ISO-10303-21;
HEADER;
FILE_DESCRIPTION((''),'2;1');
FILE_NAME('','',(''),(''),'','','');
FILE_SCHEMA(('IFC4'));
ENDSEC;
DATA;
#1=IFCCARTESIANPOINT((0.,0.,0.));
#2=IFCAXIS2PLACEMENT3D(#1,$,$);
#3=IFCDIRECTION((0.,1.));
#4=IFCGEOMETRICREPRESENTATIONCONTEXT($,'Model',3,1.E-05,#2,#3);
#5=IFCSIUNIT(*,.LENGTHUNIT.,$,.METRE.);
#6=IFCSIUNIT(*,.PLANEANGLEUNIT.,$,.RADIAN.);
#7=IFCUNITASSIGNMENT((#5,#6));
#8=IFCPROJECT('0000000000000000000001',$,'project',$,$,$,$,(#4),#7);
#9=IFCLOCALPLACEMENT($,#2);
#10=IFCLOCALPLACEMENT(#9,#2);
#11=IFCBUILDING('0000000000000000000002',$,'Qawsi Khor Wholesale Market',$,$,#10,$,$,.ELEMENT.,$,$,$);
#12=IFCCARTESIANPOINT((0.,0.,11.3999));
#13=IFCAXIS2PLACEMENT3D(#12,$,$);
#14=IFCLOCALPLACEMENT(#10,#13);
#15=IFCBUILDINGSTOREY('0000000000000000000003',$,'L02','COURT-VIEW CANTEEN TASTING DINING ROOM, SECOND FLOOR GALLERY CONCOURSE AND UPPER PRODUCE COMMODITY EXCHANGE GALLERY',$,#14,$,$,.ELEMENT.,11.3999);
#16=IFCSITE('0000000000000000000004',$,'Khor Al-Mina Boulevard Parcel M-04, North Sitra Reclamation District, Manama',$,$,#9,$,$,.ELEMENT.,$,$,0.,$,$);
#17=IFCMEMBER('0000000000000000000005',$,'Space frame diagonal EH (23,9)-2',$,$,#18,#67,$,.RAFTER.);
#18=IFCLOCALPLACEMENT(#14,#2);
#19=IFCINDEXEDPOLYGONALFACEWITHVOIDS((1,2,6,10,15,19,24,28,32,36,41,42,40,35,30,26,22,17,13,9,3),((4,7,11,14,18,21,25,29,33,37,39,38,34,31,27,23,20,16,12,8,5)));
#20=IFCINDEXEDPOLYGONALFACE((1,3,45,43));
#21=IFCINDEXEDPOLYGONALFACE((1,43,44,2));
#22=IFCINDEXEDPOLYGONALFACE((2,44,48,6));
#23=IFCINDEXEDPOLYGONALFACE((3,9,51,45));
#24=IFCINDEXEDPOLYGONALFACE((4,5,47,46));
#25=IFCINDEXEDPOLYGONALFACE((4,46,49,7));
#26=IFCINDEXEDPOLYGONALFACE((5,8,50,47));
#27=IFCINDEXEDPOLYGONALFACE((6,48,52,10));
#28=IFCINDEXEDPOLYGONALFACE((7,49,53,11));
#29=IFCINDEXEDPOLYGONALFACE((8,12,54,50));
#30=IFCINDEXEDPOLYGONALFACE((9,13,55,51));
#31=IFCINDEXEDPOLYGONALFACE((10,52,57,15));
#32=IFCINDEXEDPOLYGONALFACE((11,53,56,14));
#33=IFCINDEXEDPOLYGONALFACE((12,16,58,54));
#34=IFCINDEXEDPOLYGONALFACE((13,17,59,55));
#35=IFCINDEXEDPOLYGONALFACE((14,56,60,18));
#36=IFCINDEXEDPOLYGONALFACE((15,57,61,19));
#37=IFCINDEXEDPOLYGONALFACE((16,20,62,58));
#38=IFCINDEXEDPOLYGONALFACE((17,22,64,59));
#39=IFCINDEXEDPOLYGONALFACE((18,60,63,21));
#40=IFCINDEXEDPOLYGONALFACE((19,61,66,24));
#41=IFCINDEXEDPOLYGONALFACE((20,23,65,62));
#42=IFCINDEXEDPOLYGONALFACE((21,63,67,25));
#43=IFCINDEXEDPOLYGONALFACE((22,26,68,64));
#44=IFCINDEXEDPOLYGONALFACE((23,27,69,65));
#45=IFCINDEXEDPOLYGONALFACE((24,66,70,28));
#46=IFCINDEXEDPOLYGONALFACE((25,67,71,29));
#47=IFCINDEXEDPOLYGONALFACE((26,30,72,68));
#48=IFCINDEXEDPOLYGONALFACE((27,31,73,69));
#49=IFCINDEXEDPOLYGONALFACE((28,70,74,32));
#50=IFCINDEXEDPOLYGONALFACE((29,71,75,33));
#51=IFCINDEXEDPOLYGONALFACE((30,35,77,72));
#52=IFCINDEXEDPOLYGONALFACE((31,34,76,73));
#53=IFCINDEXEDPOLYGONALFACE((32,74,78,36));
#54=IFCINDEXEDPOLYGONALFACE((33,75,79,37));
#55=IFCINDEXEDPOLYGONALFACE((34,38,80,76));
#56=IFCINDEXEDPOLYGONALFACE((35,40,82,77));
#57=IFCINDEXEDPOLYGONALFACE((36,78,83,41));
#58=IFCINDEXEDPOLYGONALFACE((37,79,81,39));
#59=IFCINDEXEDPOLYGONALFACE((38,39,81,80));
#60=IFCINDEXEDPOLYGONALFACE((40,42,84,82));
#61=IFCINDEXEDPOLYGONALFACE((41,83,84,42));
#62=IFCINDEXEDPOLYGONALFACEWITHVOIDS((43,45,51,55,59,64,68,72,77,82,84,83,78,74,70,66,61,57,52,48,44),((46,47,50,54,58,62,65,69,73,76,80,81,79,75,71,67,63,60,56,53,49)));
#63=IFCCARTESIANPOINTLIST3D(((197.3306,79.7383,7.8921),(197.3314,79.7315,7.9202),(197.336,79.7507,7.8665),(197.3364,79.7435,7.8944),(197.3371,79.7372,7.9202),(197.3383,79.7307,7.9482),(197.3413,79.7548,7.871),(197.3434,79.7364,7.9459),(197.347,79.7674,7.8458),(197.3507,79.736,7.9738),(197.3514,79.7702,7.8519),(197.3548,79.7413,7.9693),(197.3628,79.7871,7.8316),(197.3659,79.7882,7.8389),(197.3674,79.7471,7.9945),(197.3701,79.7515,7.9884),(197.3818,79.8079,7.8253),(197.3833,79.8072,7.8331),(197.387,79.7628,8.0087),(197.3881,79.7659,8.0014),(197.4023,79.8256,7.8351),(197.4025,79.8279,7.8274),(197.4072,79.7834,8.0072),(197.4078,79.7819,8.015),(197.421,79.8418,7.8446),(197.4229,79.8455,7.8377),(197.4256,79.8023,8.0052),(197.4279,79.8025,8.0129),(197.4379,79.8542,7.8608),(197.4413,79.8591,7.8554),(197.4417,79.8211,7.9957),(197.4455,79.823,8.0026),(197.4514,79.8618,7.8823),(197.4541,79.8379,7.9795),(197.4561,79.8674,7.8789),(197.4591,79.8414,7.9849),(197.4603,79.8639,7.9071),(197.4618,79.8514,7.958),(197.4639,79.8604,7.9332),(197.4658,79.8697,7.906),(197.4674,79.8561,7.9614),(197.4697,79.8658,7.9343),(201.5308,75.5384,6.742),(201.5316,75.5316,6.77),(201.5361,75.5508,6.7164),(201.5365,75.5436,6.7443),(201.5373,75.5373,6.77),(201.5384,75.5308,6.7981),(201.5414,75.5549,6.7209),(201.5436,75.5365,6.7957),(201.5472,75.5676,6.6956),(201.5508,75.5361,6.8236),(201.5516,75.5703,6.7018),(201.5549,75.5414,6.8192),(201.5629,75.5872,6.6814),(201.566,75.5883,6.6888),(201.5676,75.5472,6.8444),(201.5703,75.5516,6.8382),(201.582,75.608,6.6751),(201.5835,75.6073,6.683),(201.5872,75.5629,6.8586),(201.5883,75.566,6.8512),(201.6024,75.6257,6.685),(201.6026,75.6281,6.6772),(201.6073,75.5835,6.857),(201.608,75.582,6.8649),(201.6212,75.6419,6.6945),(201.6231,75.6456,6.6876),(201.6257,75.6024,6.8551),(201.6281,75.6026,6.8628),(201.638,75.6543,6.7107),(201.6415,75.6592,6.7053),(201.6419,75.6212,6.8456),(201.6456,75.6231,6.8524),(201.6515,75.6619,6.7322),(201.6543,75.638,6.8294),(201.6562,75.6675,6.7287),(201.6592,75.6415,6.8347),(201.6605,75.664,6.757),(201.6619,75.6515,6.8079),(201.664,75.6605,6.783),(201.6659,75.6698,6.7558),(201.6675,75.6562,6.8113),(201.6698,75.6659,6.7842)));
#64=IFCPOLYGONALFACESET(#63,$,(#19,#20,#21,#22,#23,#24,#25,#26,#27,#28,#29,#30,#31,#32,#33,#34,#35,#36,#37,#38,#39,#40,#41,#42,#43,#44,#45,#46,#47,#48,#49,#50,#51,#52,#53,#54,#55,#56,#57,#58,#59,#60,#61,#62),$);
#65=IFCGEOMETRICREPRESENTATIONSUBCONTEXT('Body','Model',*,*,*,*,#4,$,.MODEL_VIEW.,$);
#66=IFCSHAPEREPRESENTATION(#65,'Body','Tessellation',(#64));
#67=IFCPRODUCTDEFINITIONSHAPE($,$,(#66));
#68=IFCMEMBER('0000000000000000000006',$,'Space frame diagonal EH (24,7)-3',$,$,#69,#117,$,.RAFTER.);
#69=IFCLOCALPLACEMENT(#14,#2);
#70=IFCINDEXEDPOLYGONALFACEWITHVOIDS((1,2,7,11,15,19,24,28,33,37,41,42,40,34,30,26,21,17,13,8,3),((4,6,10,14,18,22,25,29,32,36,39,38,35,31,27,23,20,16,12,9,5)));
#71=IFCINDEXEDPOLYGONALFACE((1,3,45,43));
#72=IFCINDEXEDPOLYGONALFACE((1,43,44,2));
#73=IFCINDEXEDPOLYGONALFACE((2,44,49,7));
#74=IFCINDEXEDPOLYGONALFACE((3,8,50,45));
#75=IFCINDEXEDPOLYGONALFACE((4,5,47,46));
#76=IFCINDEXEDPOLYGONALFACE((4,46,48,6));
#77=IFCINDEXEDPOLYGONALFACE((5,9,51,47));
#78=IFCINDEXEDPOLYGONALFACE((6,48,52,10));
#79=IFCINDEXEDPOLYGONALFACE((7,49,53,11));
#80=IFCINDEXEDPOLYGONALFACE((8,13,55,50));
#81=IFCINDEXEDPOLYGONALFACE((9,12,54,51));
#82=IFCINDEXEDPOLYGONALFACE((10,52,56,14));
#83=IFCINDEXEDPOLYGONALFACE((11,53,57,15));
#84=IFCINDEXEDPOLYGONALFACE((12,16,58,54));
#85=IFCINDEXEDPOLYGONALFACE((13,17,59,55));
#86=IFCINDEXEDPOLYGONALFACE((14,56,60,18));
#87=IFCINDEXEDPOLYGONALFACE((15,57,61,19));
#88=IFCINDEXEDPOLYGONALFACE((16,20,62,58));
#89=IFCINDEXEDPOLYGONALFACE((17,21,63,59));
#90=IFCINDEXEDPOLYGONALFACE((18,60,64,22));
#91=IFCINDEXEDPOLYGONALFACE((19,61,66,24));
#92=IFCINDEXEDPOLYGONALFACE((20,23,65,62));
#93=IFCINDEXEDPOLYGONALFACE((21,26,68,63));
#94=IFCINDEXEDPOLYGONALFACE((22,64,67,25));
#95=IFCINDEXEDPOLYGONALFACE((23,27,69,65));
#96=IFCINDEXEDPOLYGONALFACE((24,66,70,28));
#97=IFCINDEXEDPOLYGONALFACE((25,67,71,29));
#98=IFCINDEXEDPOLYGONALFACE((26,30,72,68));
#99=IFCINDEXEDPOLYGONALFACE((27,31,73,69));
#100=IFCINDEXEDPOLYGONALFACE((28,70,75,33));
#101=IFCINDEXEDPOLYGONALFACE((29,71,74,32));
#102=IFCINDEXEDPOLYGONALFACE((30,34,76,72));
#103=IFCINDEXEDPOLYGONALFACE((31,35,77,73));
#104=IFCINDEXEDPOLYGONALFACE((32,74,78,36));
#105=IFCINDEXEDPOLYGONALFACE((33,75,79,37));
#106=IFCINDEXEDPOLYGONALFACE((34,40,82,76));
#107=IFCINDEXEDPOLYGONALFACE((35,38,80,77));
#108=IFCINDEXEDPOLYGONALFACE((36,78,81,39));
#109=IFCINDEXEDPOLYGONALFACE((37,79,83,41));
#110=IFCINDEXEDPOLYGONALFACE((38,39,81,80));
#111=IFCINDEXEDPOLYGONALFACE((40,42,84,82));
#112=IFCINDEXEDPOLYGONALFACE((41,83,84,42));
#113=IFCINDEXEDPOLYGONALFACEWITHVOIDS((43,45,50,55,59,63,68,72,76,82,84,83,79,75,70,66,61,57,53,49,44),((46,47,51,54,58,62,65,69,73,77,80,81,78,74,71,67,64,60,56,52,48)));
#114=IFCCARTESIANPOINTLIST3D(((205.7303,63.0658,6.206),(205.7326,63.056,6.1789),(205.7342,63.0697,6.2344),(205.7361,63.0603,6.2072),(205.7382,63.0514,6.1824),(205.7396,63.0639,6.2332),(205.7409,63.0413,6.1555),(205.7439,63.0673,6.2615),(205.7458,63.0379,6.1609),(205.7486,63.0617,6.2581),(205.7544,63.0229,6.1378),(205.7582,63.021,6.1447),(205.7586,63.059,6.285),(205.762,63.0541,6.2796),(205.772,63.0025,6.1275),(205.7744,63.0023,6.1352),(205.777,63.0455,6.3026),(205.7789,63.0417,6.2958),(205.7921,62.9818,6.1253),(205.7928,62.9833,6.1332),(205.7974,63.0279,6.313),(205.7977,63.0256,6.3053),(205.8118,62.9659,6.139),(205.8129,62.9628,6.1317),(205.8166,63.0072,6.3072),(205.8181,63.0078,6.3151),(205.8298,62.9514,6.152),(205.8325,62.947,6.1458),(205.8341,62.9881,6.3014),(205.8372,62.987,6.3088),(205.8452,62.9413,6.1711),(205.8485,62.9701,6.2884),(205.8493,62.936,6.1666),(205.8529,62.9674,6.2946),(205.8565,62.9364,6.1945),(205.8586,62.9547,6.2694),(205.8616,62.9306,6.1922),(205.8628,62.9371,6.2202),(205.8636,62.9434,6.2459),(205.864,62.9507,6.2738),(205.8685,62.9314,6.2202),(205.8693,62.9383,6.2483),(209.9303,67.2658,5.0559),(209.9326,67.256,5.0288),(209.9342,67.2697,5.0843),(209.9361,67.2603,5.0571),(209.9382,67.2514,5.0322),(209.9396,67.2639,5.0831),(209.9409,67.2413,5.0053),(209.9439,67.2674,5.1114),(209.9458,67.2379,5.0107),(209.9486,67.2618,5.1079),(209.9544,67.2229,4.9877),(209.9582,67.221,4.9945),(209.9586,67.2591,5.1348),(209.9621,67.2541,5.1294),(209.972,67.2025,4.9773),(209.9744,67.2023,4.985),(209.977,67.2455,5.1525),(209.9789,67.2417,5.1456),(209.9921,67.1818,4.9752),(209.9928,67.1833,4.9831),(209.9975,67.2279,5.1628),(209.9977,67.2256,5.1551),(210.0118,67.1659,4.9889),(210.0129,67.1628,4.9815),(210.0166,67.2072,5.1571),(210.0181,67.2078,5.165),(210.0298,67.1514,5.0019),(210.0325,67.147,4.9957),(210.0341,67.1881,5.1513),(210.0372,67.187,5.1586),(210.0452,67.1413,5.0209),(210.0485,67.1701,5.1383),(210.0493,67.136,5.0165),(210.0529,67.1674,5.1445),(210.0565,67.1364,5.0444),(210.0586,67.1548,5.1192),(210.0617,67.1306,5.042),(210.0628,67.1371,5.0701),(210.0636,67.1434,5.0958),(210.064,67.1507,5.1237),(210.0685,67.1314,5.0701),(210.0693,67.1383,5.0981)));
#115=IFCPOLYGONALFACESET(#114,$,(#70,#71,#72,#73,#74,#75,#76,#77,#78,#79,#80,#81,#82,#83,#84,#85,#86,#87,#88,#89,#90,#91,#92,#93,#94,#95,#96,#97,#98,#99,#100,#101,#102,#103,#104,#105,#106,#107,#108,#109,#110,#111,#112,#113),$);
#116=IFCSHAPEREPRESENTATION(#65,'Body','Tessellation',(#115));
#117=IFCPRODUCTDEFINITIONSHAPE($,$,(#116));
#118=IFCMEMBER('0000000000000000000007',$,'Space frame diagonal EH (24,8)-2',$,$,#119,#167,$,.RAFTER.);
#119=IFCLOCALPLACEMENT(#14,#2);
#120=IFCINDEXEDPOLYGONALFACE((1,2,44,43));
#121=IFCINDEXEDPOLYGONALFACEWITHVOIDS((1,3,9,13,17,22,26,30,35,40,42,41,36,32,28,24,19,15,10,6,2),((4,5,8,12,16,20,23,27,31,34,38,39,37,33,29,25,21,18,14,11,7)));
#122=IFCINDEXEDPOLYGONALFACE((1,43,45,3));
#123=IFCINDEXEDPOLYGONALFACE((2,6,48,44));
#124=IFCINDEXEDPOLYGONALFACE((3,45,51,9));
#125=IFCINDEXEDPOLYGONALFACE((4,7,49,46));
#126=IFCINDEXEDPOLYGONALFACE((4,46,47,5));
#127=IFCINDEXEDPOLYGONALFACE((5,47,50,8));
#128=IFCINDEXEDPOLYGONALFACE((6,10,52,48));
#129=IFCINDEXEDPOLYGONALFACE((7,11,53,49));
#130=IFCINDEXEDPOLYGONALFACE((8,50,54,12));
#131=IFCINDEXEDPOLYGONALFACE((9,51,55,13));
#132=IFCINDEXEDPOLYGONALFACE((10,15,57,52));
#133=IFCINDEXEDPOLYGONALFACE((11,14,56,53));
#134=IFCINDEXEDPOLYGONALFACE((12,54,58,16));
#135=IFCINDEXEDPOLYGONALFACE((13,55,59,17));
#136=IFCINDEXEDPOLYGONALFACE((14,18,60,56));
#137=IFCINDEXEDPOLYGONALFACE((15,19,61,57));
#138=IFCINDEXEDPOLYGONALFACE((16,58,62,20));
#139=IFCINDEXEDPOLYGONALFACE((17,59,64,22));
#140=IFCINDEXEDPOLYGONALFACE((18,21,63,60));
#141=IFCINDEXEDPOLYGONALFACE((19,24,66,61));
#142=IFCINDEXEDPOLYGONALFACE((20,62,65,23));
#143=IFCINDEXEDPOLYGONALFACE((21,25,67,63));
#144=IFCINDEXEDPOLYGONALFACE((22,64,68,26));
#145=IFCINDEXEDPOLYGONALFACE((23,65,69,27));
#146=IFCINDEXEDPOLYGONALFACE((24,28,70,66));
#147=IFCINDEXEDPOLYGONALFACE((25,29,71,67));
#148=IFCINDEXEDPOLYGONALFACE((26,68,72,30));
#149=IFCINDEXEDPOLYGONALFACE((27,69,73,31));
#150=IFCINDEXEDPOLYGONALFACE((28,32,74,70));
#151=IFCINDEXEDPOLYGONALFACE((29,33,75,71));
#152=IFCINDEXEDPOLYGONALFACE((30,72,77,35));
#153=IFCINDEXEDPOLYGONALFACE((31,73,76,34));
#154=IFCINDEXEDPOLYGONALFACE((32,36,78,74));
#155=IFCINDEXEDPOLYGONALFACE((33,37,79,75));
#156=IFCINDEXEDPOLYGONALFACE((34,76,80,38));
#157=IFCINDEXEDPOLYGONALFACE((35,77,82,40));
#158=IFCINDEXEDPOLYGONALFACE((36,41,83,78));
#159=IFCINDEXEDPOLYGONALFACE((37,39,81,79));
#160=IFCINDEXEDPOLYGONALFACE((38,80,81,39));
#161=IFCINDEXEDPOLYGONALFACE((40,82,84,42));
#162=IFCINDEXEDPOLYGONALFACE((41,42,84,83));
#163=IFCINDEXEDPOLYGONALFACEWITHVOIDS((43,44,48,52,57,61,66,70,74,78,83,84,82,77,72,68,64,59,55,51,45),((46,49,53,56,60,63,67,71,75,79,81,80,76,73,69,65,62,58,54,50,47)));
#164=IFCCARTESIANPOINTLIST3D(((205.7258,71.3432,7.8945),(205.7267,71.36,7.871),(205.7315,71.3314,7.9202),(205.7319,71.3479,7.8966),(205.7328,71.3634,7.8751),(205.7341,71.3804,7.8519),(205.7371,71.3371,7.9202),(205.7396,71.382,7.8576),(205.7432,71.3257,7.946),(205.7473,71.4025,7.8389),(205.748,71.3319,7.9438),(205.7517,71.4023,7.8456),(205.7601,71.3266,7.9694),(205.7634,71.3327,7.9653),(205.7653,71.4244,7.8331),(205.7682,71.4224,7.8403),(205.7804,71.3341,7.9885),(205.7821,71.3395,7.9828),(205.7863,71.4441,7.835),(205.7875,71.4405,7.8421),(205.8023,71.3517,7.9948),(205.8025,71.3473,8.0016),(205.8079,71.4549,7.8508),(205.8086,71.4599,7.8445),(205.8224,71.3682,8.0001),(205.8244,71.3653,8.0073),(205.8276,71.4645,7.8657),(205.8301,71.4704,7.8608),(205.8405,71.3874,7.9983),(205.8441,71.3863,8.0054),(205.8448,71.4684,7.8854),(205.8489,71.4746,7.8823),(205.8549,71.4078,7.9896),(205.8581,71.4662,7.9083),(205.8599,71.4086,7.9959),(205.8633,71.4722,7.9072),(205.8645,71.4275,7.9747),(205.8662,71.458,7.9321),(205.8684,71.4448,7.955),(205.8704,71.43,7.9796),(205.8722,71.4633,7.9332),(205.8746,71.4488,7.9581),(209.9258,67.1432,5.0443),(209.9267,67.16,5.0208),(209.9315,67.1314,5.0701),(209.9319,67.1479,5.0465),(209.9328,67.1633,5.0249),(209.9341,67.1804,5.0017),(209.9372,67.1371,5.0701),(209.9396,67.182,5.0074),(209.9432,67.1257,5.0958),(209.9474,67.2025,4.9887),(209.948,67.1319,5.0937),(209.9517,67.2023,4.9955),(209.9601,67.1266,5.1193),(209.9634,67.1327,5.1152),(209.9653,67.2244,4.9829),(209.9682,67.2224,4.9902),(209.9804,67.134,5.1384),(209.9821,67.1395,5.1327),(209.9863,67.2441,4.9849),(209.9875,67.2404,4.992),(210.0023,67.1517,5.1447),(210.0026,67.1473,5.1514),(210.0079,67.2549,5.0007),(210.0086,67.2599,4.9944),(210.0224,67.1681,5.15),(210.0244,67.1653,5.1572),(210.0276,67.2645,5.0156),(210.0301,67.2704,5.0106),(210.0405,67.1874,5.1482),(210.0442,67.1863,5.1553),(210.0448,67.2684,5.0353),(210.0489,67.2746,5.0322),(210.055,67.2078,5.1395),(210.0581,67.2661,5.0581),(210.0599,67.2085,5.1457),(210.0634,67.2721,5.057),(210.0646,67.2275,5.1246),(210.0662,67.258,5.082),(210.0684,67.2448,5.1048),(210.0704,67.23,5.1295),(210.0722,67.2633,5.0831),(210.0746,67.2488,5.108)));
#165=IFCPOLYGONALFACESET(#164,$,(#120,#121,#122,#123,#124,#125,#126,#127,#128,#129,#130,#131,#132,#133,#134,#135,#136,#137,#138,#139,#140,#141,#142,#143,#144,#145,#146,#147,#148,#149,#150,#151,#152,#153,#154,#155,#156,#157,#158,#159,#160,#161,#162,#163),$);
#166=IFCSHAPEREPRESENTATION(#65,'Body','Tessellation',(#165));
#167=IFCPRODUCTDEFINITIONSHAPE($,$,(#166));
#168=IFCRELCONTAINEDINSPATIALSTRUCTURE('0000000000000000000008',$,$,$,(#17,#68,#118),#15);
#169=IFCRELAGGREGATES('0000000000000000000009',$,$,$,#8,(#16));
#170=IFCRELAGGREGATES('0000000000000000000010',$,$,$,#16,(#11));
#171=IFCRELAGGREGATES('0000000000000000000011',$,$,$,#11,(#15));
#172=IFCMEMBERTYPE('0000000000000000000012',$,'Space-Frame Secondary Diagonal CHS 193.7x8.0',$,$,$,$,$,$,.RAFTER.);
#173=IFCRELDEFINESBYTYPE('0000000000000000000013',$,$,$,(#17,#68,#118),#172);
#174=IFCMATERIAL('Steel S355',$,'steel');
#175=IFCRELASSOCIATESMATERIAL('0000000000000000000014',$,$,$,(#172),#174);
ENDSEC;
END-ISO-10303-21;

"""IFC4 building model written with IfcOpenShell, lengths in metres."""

from ifc_helpers import new_model, si_unit, direction, frame, origin, origin_2d, place, context, subcontext, project, spatial, hollow_circle, extrude, material, material_profile, profile_set, type_object, element, save


model = new_model("IFC4")

# Units and contexts
model_context = context("Model", 3, precision=1e-05, world=origin(), true_north=direction((0.0, 1.0)))
body_context = subcontext(model_context, "Body", "Model", "MODEL_VIEW")
ifc_project = project(units=[si_unit("LENGTHUNIT", "METRE"), si_unit("PLANEANGLEUNIT", "RADIAN")], contexts=[model_context])

# Site, building, storey
site_placement = place(None, origin())
site = spatial("IfcSite", under=ifc_project, at=site_placement, Name="Khor Al-Mina Boulevard Parcel M-04, North Sitra Reclamation District, Manama", CompositionType="ELEMENT", RefElevation=0.0)
building_placement = place(site_placement, origin())
building = spatial("IfcBuilding", under=site, at=building_placement, Name="Qawsi Khor Wholesale Market", CompositionType="ELEMENT")
storey_placement = place(building_placement, frame((0.0, 0.0, 11.3999)))
storey = spatial("IfcBuildingStorey", under=building, at=storey_placement, Name="L02", Description="COURT-VIEW CANTEEN TASTING DINING ROOM, SECOND FLOOR GALLERY CONCOURSE AND UPPER PRODUCE COMMODITY EXCHANGE GALLERY", CompositionType="ELEMENT", Elevation=11.3999)

# Members
ifc_material_1 = material(Name="Steel S355", Category="steel")
ifc_material_profile_1 = material_profile(ifc_material_1, hollow_circle(Radius=0.0969, WallThickness=0.0081, at=origin_2d()), Name="CHS 193.7x8.0")
ifc_profile_set_1 = profile_set([ifc_material_profile_1], Name="Steel S355")
member_type_1 = type_object("IfcMemberType", Name="Space-Frame Secondary Diagonal CHS 193.7x8.0", PredefinedType="RAFTER", material=ifc_profile_set_1)
for number, where, z_axis, x_axis, name in (
    (1, (201.6001, 75.6001, 6.77), (-0.694232, 0.694192, 0.190103), (-0.707086, -0.707127, 0.0), "Space frame diagonal EH (23,9)-2"),
    (2, (210.0, 67.2, 5.0701), (-0.694211, -0.694211, 0.190108), (0.707107, -0.707107, 0.0), "Space frame diagonal EH (24,7)-3"),
):
    element("IfcMember", number, at=place(storey_placement, frame(where, z_axis=z_axis, x_axis=x_axis)), inside=storey, type_object=member_type_1, Name=name, PredefinedType="RAFTER", context=body_context, shape_type="SweptSolid", body=[
        extrude(hollow_circle(Radius=0.0969, WallThickness=0.0081, at=origin_2d()), origin(), (0.0, 0.0, 1.0), 6.05),
    ])
member_1_placement = place(storey_placement, frame((210.0, 67.2, 5.0701), z_axis=(-0.637512, 0.637512, 0.432617), x_axis=(-0.707107, -0.707107, 0.0)))
element("IfcMember", 3, at=member_1_placement, inside=storey, type_object=member_type_1, Name="Space frame diagonal EH (24,8)-2", PredefinedType="RAFTER", context=body_context, shape_type="SweptSolid", body=[
    extrude(hollow_circle(Radius=0.0969, WallThickness=0.0081, at=origin_2d()), origin(), (0.0, 0.0, 1.0), 6.5881),
])

save(model, "model.ifc")
